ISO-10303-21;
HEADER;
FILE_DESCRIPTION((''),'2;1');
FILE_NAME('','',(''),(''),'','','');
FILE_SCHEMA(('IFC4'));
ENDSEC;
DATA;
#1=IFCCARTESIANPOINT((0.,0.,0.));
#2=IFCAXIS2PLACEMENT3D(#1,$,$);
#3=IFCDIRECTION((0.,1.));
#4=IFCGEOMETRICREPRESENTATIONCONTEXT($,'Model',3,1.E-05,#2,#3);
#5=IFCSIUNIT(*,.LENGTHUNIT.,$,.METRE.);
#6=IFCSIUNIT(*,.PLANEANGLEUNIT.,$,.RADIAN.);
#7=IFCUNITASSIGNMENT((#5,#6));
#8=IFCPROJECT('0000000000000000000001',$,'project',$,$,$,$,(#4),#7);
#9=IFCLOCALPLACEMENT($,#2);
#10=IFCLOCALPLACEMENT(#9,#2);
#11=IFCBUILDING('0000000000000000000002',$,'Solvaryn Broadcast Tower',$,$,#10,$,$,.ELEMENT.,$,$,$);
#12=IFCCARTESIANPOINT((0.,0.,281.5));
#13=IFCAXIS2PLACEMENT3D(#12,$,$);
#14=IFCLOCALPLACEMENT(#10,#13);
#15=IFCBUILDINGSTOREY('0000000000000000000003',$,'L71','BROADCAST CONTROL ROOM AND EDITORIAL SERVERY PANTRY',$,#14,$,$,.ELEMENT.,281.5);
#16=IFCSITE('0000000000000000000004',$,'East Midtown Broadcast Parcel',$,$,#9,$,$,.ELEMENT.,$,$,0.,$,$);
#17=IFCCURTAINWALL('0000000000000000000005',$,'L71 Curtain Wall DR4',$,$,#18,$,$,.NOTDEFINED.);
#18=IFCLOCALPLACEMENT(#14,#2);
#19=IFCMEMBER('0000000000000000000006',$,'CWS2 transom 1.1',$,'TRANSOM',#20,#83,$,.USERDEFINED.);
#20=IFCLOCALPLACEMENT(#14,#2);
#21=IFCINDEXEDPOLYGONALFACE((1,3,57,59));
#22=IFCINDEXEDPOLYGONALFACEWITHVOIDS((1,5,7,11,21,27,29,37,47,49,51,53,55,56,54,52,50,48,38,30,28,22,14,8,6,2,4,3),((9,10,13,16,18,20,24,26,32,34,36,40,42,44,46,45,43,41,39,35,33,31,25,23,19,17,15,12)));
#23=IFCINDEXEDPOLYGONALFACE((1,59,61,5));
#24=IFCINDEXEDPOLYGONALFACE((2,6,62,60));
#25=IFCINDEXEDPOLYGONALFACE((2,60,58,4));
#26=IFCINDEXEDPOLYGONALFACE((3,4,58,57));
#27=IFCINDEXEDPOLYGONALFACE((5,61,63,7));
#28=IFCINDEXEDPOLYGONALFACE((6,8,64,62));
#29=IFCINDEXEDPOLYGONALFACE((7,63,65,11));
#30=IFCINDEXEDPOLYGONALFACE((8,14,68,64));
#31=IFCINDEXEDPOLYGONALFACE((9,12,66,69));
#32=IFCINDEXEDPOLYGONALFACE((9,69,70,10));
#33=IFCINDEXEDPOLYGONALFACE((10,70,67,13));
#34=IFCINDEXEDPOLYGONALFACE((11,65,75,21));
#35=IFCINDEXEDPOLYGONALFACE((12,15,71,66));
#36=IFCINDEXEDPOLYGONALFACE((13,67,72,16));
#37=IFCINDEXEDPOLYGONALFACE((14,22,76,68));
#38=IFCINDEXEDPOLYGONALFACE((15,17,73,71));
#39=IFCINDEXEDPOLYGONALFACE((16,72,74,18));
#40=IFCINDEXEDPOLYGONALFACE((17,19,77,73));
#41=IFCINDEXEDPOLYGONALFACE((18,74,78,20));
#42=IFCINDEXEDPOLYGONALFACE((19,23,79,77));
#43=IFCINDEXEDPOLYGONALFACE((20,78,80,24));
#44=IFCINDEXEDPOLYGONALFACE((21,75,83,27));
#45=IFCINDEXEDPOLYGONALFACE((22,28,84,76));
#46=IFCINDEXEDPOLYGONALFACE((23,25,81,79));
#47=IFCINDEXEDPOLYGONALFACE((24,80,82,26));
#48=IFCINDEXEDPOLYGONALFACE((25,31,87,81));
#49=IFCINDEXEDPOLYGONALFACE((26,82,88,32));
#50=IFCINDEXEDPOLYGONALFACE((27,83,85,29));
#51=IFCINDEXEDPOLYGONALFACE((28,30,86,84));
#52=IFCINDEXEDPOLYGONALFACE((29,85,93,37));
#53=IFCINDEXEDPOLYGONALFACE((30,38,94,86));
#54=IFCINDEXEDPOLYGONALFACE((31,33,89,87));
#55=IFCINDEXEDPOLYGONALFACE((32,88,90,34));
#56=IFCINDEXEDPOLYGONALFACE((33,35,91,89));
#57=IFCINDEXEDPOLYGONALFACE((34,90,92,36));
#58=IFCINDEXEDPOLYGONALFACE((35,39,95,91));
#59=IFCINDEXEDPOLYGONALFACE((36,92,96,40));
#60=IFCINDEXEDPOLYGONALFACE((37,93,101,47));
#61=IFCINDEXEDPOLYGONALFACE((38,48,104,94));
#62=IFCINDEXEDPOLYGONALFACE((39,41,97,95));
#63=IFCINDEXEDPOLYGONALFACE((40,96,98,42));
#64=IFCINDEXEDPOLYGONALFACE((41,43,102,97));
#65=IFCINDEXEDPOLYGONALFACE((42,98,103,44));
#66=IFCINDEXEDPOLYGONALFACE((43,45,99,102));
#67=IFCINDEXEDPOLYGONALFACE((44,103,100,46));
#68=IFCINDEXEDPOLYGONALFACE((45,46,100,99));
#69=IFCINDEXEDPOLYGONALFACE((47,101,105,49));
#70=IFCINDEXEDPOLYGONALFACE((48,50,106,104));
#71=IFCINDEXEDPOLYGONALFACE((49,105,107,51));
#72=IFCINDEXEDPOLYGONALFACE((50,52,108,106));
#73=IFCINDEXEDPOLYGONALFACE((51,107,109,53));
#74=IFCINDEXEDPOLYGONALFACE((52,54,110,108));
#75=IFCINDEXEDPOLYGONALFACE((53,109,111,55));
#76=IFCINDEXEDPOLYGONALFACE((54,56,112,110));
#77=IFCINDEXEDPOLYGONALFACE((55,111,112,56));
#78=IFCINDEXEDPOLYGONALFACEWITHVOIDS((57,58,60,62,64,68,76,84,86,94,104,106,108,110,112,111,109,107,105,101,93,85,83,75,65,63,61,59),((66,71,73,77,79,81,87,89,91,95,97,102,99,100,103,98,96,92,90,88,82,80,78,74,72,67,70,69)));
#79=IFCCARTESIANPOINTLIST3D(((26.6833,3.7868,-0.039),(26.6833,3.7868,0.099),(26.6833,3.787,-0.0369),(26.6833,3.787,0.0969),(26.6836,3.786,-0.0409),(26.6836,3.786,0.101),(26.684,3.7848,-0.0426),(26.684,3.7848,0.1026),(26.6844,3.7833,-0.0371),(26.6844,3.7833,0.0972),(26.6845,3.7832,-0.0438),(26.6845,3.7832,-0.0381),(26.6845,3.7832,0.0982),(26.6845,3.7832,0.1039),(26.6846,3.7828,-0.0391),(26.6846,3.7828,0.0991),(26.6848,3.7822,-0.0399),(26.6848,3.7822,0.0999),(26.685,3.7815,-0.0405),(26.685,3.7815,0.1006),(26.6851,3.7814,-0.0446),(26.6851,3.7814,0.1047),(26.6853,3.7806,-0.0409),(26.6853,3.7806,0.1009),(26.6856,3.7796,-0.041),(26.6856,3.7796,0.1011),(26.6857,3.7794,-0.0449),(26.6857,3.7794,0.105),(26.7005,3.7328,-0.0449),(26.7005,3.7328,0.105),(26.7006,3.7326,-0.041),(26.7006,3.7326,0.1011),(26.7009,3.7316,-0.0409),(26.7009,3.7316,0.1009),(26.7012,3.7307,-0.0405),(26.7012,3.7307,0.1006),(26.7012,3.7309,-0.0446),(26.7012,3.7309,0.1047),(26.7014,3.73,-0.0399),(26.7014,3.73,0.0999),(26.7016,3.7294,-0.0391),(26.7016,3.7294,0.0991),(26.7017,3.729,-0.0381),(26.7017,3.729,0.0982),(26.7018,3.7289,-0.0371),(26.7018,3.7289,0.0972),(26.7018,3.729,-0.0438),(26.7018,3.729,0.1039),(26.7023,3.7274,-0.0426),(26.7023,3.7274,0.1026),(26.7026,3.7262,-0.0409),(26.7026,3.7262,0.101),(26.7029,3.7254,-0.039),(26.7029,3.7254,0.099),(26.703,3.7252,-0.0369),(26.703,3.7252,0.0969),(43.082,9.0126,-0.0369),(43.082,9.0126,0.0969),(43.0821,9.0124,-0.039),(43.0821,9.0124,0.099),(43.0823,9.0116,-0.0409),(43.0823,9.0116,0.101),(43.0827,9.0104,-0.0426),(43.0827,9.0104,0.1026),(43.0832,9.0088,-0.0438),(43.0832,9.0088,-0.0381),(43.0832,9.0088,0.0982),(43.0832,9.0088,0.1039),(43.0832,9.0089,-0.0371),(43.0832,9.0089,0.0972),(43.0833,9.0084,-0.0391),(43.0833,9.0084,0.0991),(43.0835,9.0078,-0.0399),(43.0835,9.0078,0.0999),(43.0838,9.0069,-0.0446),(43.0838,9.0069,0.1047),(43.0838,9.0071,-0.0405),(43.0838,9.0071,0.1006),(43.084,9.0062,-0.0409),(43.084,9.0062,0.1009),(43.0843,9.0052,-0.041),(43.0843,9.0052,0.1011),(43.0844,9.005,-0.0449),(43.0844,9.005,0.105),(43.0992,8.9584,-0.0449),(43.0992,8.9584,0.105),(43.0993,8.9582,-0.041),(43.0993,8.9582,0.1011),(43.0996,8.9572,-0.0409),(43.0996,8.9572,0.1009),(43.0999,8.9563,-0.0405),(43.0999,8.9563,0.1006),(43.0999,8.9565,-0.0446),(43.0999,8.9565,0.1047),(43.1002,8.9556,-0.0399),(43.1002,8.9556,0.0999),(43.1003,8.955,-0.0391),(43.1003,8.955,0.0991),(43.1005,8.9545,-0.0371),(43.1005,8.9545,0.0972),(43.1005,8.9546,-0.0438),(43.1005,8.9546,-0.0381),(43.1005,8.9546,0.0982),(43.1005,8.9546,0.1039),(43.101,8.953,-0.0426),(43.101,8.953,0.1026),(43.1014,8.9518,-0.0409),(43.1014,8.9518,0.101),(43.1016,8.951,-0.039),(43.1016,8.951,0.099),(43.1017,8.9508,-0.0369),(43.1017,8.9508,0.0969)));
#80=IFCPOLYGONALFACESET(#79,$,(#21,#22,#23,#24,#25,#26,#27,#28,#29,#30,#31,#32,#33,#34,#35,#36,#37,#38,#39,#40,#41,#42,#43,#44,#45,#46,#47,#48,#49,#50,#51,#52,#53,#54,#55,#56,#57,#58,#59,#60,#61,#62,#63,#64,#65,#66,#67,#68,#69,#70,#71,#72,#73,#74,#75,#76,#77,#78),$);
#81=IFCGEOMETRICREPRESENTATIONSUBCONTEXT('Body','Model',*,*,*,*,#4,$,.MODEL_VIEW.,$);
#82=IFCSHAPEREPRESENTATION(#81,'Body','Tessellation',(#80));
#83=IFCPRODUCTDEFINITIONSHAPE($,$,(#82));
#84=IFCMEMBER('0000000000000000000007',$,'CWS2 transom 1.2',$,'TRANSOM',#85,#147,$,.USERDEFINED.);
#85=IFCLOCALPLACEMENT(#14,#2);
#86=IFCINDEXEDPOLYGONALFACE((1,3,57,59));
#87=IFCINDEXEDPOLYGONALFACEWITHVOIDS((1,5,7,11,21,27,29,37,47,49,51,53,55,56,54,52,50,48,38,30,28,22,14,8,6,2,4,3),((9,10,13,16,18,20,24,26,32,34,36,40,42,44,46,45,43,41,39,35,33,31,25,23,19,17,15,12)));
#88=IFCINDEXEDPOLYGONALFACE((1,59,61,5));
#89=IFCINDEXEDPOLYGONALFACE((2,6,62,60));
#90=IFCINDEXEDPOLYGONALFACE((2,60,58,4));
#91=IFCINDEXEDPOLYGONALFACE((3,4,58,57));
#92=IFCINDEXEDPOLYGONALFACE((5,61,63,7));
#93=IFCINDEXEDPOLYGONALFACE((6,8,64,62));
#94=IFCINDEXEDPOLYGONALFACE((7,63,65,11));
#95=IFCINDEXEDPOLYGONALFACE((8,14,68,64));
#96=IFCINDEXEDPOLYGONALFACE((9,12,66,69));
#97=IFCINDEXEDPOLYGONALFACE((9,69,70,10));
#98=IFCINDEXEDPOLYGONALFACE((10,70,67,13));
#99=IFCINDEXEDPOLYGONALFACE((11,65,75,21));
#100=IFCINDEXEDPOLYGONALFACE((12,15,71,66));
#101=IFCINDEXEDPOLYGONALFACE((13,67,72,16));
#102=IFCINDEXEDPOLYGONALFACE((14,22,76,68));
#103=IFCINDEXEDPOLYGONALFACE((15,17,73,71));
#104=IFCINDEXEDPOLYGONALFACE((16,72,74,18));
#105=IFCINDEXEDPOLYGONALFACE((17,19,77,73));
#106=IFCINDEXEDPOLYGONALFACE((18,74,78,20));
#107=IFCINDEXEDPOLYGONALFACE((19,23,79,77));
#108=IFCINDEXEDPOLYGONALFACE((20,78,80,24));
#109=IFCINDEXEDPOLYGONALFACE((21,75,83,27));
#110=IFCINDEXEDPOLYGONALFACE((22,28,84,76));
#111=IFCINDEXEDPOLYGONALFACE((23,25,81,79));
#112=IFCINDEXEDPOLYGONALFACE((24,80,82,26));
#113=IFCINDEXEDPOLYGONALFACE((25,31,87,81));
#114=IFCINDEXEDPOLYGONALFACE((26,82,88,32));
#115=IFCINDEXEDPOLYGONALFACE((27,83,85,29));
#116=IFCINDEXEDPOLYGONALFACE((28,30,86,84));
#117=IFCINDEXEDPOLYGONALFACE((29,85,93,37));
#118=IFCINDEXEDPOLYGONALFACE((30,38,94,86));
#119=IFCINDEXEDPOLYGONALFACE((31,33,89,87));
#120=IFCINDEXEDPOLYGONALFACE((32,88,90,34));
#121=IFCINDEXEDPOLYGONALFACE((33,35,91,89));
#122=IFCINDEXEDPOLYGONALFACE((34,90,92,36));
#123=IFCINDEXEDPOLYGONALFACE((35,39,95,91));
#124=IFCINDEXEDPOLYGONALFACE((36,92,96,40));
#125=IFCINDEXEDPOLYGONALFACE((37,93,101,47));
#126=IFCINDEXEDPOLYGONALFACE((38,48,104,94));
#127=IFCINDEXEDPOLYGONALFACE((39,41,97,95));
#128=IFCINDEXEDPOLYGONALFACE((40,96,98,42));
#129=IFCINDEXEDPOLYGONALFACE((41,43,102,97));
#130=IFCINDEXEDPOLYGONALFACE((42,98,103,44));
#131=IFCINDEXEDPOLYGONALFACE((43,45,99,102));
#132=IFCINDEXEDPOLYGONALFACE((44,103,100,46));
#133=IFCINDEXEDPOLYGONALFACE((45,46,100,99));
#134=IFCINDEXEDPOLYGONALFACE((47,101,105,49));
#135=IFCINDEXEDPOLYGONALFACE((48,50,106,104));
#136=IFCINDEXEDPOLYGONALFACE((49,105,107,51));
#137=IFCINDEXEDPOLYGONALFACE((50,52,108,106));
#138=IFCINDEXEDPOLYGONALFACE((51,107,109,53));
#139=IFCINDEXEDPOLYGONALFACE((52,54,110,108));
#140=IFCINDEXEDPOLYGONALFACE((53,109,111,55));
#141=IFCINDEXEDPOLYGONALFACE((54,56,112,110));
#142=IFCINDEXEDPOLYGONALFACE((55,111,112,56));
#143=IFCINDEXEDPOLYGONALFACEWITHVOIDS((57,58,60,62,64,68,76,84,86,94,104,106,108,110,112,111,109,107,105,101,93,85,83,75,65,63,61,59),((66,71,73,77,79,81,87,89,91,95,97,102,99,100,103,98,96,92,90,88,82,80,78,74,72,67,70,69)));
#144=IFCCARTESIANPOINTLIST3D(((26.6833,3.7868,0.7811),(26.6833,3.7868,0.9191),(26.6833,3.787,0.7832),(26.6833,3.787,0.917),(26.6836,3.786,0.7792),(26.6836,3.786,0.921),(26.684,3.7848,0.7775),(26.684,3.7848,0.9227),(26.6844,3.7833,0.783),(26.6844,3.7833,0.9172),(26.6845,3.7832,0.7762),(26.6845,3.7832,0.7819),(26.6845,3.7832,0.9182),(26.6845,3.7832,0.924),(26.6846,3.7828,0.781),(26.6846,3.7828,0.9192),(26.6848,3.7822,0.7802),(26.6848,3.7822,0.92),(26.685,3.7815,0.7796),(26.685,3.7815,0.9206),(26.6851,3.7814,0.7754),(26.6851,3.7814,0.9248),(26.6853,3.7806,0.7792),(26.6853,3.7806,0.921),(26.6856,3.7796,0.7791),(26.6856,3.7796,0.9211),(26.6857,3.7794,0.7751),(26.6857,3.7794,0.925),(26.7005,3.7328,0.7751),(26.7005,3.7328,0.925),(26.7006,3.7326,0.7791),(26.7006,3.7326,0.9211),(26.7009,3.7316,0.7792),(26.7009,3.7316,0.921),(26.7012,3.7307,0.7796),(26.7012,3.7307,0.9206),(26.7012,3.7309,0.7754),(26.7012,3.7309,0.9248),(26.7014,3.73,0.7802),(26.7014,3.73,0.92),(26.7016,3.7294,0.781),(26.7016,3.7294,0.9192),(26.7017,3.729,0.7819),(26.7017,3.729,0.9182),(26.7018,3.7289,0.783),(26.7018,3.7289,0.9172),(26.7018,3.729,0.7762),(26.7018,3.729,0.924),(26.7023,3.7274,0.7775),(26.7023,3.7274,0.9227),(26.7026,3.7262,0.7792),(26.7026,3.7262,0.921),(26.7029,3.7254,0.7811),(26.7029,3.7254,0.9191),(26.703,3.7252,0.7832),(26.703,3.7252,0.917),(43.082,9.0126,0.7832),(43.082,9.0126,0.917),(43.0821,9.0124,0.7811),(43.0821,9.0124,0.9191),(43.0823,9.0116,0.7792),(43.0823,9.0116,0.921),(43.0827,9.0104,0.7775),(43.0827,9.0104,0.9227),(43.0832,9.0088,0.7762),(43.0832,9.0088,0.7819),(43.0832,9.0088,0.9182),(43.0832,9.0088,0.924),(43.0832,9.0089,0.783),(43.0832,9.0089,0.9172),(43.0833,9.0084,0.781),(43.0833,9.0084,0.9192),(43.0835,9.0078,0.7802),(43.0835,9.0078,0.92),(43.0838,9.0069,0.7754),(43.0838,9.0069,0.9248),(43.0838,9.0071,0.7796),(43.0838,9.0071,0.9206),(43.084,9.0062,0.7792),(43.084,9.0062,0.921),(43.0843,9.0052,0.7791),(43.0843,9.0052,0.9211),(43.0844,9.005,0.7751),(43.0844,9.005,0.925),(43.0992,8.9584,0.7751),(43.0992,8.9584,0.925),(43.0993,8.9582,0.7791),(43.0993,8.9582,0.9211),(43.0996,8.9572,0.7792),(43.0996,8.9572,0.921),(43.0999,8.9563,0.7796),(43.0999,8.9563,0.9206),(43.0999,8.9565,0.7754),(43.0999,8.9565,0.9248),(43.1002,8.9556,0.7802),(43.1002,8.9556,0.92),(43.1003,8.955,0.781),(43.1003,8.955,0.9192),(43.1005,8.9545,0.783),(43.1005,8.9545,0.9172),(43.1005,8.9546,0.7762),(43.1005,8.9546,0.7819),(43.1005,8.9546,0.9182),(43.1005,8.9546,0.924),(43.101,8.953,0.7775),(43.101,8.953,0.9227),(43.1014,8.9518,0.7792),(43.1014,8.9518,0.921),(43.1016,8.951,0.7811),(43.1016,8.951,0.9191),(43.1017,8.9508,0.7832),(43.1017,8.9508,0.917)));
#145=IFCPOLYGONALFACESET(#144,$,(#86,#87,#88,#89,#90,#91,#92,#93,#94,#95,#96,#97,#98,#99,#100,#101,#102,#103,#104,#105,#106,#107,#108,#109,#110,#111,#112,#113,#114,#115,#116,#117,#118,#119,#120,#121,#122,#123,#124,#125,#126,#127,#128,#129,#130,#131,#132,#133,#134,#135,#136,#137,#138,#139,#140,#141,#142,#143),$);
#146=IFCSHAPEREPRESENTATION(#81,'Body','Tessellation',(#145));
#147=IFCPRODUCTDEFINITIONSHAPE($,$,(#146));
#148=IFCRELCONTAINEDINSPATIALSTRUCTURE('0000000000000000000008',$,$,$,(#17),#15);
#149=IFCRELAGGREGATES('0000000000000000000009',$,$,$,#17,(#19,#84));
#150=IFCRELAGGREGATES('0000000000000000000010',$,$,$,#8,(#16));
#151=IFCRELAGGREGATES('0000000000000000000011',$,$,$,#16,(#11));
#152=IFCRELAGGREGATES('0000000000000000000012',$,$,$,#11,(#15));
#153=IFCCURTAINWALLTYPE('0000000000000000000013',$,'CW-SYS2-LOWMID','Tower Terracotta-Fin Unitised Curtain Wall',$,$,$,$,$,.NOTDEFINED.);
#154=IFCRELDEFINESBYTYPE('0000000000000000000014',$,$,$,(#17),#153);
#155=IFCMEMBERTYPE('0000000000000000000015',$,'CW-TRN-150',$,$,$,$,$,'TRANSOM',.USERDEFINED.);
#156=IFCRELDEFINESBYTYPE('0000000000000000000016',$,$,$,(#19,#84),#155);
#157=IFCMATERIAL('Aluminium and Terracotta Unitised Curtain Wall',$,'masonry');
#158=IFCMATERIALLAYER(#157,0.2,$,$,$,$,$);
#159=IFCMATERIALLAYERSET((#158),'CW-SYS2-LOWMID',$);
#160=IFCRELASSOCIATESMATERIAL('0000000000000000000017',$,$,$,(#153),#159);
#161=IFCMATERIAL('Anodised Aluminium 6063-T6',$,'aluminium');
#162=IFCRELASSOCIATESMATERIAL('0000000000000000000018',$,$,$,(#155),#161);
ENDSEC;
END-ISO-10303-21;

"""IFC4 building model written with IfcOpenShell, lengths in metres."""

from ifc_helpers import new_model, si_unit, direction, frame, origin, origin_2d, place, context, subcontext, project, spatial, hollow_rectangle, extrude, material, layer, layer_set, material_profile, profile_set, type_object, element, aggregate, save


model = new_model("IFC4")

# Units and contexts
model_context = context("Model", 3, precision=1e-05, world=origin(), true_north=direction((0.0, 1.0)))
body_context = subcontext(model_context, "Body", "Model", "MODEL_VIEW")
ifc_project = project(units=[si_unit("LENGTHUNIT", "METRE"), si_unit("PLANEANGLEUNIT", "RADIAN")], contexts=[model_context])

# Site, building, storey
site_placement = place(None, origin())
site = spatial("IfcSite", under=ifc_project, at=site_placement, Name="East Midtown Broadcast Parcel", CompositionType="ELEMENT", RefElevation=0.0)
building_placement = place(site_placement, origin())
building = spatial("IfcBuilding", under=site, at=building_placement, Name="Solvaryn Broadcast Tower", CompositionType="ELEMENT")
storey_placement = place(building_placement, frame((0.0, 0.0, 281.5)))
storey = spatial("IfcBuildingStorey", under=building, at=storey_placement, Name="L71", Description="BROADCAST CONTROL ROOM AND EDITORIAL SERVERY PANTRY", CompositionType="ELEMENT", Elevation=281.5)

# Shared definitions
ifc_material_1 = material(Name="Aluminium and Terracotta Unitised Curtain Wall", Category="masonry")
ifc_layer_1 = layer(ifc_material_1, 0.2)
ifc_layer_set_1 = layer_set([ifc_layer_1], Name="CW-SYS2-LOWMID")
curtain_wall_type = type_object("IfcCurtainWallType", Name="CW-SYS2-LOWMID", Description="Tower Terracotta-Fin Unitised Curtain Wall", PredefinedType="NOTDEFINED", material=ifc_layer_set_1)

# Curtain wall, members
curtain_wall_1_placement = place(storey_placement, origin())
curtain_wall_1 = element("IfcCurtainWall", 1, at=curtain_wall_1_placement, inside=storey, type_object=curtain_wall_type, Name="L71 Curtain Wall DR4", PredefinedType="NOTDEFINED")
ifc_material_2 = material(Name="Anodised Aluminium 6063-T6", Category="aluminium")
ifc_material_profile_1 = material_profile(ifc_material_2, hollow_rectangle(XDim=0.0649, YDim=0.1499, WallThickness=0.0039, InnerFilletRadius=0.0039, OuterFilletRadius=0.0081, at=origin_2d()))
ifc_profile_set_1 = profile_set([ifc_material_profile_1], Name="Anodised Aluminium 6063-T6")
member_type_1 = type_object("IfcMemberType", Name="CW-TRN-150", ElementType="TRANSOM", PredefinedType="USERDEFINED", material=ifc_profile_set_1)
member_1_placement = place(storey_placement, frame((26.6931, 3.7561, 0.03), z_axis=(0.952794, 0.303616, 0.0), x_axis=(-0.303616, 0.952794, 0.0)))
member_1 = element("IfcMember", 2, at=member_1_placement, type_object=member_type_1, Name="CWS2 transom 1.1", ObjectType="TRANSOM", PredefinedType="USERDEFINED", context=body_context, shape_type="SweptSolid", body=[
    extrude(hollow_rectangle(XDim=0.0649, YDim=0.1499, WallThickness=0.0039, InnerFilletRadius=0.0039, OuterFilletRadius=0.0081, at=origin_2d()), origin(), (0.0, 0.0, 1.0), 17.2112),
])
member_2_placement = place(storey_placement, frame((26.6931, 3.7561, 0.8501), z_axis=(0.952794, 0.303616, 0.0), x_axis=(-0.303616, 0.952794, 0.0)))
member_2 = element("IfcMember", 3, at=member_2_placement, type_object=member_type_1, Name="CWS2 transom 1.2", ObjectType="TRANSOM", PredefinedType="USERDEFINED", context=body_context, shape_type="SweptSolid", body=[
    extrude(hollow_rectangle(XDim=0.0649, YDim=0.1499, WallThickness=0.0039, InnerFilletRadius=0.0039, OuterFilletRadius=0.0081, at=origin_2d()), origin(), (0.0, 0.0, 1.0), 17.2112),
])
aggregate(curtain_wall_1, [member_1, member_2])

save(model, "model.ifc")
